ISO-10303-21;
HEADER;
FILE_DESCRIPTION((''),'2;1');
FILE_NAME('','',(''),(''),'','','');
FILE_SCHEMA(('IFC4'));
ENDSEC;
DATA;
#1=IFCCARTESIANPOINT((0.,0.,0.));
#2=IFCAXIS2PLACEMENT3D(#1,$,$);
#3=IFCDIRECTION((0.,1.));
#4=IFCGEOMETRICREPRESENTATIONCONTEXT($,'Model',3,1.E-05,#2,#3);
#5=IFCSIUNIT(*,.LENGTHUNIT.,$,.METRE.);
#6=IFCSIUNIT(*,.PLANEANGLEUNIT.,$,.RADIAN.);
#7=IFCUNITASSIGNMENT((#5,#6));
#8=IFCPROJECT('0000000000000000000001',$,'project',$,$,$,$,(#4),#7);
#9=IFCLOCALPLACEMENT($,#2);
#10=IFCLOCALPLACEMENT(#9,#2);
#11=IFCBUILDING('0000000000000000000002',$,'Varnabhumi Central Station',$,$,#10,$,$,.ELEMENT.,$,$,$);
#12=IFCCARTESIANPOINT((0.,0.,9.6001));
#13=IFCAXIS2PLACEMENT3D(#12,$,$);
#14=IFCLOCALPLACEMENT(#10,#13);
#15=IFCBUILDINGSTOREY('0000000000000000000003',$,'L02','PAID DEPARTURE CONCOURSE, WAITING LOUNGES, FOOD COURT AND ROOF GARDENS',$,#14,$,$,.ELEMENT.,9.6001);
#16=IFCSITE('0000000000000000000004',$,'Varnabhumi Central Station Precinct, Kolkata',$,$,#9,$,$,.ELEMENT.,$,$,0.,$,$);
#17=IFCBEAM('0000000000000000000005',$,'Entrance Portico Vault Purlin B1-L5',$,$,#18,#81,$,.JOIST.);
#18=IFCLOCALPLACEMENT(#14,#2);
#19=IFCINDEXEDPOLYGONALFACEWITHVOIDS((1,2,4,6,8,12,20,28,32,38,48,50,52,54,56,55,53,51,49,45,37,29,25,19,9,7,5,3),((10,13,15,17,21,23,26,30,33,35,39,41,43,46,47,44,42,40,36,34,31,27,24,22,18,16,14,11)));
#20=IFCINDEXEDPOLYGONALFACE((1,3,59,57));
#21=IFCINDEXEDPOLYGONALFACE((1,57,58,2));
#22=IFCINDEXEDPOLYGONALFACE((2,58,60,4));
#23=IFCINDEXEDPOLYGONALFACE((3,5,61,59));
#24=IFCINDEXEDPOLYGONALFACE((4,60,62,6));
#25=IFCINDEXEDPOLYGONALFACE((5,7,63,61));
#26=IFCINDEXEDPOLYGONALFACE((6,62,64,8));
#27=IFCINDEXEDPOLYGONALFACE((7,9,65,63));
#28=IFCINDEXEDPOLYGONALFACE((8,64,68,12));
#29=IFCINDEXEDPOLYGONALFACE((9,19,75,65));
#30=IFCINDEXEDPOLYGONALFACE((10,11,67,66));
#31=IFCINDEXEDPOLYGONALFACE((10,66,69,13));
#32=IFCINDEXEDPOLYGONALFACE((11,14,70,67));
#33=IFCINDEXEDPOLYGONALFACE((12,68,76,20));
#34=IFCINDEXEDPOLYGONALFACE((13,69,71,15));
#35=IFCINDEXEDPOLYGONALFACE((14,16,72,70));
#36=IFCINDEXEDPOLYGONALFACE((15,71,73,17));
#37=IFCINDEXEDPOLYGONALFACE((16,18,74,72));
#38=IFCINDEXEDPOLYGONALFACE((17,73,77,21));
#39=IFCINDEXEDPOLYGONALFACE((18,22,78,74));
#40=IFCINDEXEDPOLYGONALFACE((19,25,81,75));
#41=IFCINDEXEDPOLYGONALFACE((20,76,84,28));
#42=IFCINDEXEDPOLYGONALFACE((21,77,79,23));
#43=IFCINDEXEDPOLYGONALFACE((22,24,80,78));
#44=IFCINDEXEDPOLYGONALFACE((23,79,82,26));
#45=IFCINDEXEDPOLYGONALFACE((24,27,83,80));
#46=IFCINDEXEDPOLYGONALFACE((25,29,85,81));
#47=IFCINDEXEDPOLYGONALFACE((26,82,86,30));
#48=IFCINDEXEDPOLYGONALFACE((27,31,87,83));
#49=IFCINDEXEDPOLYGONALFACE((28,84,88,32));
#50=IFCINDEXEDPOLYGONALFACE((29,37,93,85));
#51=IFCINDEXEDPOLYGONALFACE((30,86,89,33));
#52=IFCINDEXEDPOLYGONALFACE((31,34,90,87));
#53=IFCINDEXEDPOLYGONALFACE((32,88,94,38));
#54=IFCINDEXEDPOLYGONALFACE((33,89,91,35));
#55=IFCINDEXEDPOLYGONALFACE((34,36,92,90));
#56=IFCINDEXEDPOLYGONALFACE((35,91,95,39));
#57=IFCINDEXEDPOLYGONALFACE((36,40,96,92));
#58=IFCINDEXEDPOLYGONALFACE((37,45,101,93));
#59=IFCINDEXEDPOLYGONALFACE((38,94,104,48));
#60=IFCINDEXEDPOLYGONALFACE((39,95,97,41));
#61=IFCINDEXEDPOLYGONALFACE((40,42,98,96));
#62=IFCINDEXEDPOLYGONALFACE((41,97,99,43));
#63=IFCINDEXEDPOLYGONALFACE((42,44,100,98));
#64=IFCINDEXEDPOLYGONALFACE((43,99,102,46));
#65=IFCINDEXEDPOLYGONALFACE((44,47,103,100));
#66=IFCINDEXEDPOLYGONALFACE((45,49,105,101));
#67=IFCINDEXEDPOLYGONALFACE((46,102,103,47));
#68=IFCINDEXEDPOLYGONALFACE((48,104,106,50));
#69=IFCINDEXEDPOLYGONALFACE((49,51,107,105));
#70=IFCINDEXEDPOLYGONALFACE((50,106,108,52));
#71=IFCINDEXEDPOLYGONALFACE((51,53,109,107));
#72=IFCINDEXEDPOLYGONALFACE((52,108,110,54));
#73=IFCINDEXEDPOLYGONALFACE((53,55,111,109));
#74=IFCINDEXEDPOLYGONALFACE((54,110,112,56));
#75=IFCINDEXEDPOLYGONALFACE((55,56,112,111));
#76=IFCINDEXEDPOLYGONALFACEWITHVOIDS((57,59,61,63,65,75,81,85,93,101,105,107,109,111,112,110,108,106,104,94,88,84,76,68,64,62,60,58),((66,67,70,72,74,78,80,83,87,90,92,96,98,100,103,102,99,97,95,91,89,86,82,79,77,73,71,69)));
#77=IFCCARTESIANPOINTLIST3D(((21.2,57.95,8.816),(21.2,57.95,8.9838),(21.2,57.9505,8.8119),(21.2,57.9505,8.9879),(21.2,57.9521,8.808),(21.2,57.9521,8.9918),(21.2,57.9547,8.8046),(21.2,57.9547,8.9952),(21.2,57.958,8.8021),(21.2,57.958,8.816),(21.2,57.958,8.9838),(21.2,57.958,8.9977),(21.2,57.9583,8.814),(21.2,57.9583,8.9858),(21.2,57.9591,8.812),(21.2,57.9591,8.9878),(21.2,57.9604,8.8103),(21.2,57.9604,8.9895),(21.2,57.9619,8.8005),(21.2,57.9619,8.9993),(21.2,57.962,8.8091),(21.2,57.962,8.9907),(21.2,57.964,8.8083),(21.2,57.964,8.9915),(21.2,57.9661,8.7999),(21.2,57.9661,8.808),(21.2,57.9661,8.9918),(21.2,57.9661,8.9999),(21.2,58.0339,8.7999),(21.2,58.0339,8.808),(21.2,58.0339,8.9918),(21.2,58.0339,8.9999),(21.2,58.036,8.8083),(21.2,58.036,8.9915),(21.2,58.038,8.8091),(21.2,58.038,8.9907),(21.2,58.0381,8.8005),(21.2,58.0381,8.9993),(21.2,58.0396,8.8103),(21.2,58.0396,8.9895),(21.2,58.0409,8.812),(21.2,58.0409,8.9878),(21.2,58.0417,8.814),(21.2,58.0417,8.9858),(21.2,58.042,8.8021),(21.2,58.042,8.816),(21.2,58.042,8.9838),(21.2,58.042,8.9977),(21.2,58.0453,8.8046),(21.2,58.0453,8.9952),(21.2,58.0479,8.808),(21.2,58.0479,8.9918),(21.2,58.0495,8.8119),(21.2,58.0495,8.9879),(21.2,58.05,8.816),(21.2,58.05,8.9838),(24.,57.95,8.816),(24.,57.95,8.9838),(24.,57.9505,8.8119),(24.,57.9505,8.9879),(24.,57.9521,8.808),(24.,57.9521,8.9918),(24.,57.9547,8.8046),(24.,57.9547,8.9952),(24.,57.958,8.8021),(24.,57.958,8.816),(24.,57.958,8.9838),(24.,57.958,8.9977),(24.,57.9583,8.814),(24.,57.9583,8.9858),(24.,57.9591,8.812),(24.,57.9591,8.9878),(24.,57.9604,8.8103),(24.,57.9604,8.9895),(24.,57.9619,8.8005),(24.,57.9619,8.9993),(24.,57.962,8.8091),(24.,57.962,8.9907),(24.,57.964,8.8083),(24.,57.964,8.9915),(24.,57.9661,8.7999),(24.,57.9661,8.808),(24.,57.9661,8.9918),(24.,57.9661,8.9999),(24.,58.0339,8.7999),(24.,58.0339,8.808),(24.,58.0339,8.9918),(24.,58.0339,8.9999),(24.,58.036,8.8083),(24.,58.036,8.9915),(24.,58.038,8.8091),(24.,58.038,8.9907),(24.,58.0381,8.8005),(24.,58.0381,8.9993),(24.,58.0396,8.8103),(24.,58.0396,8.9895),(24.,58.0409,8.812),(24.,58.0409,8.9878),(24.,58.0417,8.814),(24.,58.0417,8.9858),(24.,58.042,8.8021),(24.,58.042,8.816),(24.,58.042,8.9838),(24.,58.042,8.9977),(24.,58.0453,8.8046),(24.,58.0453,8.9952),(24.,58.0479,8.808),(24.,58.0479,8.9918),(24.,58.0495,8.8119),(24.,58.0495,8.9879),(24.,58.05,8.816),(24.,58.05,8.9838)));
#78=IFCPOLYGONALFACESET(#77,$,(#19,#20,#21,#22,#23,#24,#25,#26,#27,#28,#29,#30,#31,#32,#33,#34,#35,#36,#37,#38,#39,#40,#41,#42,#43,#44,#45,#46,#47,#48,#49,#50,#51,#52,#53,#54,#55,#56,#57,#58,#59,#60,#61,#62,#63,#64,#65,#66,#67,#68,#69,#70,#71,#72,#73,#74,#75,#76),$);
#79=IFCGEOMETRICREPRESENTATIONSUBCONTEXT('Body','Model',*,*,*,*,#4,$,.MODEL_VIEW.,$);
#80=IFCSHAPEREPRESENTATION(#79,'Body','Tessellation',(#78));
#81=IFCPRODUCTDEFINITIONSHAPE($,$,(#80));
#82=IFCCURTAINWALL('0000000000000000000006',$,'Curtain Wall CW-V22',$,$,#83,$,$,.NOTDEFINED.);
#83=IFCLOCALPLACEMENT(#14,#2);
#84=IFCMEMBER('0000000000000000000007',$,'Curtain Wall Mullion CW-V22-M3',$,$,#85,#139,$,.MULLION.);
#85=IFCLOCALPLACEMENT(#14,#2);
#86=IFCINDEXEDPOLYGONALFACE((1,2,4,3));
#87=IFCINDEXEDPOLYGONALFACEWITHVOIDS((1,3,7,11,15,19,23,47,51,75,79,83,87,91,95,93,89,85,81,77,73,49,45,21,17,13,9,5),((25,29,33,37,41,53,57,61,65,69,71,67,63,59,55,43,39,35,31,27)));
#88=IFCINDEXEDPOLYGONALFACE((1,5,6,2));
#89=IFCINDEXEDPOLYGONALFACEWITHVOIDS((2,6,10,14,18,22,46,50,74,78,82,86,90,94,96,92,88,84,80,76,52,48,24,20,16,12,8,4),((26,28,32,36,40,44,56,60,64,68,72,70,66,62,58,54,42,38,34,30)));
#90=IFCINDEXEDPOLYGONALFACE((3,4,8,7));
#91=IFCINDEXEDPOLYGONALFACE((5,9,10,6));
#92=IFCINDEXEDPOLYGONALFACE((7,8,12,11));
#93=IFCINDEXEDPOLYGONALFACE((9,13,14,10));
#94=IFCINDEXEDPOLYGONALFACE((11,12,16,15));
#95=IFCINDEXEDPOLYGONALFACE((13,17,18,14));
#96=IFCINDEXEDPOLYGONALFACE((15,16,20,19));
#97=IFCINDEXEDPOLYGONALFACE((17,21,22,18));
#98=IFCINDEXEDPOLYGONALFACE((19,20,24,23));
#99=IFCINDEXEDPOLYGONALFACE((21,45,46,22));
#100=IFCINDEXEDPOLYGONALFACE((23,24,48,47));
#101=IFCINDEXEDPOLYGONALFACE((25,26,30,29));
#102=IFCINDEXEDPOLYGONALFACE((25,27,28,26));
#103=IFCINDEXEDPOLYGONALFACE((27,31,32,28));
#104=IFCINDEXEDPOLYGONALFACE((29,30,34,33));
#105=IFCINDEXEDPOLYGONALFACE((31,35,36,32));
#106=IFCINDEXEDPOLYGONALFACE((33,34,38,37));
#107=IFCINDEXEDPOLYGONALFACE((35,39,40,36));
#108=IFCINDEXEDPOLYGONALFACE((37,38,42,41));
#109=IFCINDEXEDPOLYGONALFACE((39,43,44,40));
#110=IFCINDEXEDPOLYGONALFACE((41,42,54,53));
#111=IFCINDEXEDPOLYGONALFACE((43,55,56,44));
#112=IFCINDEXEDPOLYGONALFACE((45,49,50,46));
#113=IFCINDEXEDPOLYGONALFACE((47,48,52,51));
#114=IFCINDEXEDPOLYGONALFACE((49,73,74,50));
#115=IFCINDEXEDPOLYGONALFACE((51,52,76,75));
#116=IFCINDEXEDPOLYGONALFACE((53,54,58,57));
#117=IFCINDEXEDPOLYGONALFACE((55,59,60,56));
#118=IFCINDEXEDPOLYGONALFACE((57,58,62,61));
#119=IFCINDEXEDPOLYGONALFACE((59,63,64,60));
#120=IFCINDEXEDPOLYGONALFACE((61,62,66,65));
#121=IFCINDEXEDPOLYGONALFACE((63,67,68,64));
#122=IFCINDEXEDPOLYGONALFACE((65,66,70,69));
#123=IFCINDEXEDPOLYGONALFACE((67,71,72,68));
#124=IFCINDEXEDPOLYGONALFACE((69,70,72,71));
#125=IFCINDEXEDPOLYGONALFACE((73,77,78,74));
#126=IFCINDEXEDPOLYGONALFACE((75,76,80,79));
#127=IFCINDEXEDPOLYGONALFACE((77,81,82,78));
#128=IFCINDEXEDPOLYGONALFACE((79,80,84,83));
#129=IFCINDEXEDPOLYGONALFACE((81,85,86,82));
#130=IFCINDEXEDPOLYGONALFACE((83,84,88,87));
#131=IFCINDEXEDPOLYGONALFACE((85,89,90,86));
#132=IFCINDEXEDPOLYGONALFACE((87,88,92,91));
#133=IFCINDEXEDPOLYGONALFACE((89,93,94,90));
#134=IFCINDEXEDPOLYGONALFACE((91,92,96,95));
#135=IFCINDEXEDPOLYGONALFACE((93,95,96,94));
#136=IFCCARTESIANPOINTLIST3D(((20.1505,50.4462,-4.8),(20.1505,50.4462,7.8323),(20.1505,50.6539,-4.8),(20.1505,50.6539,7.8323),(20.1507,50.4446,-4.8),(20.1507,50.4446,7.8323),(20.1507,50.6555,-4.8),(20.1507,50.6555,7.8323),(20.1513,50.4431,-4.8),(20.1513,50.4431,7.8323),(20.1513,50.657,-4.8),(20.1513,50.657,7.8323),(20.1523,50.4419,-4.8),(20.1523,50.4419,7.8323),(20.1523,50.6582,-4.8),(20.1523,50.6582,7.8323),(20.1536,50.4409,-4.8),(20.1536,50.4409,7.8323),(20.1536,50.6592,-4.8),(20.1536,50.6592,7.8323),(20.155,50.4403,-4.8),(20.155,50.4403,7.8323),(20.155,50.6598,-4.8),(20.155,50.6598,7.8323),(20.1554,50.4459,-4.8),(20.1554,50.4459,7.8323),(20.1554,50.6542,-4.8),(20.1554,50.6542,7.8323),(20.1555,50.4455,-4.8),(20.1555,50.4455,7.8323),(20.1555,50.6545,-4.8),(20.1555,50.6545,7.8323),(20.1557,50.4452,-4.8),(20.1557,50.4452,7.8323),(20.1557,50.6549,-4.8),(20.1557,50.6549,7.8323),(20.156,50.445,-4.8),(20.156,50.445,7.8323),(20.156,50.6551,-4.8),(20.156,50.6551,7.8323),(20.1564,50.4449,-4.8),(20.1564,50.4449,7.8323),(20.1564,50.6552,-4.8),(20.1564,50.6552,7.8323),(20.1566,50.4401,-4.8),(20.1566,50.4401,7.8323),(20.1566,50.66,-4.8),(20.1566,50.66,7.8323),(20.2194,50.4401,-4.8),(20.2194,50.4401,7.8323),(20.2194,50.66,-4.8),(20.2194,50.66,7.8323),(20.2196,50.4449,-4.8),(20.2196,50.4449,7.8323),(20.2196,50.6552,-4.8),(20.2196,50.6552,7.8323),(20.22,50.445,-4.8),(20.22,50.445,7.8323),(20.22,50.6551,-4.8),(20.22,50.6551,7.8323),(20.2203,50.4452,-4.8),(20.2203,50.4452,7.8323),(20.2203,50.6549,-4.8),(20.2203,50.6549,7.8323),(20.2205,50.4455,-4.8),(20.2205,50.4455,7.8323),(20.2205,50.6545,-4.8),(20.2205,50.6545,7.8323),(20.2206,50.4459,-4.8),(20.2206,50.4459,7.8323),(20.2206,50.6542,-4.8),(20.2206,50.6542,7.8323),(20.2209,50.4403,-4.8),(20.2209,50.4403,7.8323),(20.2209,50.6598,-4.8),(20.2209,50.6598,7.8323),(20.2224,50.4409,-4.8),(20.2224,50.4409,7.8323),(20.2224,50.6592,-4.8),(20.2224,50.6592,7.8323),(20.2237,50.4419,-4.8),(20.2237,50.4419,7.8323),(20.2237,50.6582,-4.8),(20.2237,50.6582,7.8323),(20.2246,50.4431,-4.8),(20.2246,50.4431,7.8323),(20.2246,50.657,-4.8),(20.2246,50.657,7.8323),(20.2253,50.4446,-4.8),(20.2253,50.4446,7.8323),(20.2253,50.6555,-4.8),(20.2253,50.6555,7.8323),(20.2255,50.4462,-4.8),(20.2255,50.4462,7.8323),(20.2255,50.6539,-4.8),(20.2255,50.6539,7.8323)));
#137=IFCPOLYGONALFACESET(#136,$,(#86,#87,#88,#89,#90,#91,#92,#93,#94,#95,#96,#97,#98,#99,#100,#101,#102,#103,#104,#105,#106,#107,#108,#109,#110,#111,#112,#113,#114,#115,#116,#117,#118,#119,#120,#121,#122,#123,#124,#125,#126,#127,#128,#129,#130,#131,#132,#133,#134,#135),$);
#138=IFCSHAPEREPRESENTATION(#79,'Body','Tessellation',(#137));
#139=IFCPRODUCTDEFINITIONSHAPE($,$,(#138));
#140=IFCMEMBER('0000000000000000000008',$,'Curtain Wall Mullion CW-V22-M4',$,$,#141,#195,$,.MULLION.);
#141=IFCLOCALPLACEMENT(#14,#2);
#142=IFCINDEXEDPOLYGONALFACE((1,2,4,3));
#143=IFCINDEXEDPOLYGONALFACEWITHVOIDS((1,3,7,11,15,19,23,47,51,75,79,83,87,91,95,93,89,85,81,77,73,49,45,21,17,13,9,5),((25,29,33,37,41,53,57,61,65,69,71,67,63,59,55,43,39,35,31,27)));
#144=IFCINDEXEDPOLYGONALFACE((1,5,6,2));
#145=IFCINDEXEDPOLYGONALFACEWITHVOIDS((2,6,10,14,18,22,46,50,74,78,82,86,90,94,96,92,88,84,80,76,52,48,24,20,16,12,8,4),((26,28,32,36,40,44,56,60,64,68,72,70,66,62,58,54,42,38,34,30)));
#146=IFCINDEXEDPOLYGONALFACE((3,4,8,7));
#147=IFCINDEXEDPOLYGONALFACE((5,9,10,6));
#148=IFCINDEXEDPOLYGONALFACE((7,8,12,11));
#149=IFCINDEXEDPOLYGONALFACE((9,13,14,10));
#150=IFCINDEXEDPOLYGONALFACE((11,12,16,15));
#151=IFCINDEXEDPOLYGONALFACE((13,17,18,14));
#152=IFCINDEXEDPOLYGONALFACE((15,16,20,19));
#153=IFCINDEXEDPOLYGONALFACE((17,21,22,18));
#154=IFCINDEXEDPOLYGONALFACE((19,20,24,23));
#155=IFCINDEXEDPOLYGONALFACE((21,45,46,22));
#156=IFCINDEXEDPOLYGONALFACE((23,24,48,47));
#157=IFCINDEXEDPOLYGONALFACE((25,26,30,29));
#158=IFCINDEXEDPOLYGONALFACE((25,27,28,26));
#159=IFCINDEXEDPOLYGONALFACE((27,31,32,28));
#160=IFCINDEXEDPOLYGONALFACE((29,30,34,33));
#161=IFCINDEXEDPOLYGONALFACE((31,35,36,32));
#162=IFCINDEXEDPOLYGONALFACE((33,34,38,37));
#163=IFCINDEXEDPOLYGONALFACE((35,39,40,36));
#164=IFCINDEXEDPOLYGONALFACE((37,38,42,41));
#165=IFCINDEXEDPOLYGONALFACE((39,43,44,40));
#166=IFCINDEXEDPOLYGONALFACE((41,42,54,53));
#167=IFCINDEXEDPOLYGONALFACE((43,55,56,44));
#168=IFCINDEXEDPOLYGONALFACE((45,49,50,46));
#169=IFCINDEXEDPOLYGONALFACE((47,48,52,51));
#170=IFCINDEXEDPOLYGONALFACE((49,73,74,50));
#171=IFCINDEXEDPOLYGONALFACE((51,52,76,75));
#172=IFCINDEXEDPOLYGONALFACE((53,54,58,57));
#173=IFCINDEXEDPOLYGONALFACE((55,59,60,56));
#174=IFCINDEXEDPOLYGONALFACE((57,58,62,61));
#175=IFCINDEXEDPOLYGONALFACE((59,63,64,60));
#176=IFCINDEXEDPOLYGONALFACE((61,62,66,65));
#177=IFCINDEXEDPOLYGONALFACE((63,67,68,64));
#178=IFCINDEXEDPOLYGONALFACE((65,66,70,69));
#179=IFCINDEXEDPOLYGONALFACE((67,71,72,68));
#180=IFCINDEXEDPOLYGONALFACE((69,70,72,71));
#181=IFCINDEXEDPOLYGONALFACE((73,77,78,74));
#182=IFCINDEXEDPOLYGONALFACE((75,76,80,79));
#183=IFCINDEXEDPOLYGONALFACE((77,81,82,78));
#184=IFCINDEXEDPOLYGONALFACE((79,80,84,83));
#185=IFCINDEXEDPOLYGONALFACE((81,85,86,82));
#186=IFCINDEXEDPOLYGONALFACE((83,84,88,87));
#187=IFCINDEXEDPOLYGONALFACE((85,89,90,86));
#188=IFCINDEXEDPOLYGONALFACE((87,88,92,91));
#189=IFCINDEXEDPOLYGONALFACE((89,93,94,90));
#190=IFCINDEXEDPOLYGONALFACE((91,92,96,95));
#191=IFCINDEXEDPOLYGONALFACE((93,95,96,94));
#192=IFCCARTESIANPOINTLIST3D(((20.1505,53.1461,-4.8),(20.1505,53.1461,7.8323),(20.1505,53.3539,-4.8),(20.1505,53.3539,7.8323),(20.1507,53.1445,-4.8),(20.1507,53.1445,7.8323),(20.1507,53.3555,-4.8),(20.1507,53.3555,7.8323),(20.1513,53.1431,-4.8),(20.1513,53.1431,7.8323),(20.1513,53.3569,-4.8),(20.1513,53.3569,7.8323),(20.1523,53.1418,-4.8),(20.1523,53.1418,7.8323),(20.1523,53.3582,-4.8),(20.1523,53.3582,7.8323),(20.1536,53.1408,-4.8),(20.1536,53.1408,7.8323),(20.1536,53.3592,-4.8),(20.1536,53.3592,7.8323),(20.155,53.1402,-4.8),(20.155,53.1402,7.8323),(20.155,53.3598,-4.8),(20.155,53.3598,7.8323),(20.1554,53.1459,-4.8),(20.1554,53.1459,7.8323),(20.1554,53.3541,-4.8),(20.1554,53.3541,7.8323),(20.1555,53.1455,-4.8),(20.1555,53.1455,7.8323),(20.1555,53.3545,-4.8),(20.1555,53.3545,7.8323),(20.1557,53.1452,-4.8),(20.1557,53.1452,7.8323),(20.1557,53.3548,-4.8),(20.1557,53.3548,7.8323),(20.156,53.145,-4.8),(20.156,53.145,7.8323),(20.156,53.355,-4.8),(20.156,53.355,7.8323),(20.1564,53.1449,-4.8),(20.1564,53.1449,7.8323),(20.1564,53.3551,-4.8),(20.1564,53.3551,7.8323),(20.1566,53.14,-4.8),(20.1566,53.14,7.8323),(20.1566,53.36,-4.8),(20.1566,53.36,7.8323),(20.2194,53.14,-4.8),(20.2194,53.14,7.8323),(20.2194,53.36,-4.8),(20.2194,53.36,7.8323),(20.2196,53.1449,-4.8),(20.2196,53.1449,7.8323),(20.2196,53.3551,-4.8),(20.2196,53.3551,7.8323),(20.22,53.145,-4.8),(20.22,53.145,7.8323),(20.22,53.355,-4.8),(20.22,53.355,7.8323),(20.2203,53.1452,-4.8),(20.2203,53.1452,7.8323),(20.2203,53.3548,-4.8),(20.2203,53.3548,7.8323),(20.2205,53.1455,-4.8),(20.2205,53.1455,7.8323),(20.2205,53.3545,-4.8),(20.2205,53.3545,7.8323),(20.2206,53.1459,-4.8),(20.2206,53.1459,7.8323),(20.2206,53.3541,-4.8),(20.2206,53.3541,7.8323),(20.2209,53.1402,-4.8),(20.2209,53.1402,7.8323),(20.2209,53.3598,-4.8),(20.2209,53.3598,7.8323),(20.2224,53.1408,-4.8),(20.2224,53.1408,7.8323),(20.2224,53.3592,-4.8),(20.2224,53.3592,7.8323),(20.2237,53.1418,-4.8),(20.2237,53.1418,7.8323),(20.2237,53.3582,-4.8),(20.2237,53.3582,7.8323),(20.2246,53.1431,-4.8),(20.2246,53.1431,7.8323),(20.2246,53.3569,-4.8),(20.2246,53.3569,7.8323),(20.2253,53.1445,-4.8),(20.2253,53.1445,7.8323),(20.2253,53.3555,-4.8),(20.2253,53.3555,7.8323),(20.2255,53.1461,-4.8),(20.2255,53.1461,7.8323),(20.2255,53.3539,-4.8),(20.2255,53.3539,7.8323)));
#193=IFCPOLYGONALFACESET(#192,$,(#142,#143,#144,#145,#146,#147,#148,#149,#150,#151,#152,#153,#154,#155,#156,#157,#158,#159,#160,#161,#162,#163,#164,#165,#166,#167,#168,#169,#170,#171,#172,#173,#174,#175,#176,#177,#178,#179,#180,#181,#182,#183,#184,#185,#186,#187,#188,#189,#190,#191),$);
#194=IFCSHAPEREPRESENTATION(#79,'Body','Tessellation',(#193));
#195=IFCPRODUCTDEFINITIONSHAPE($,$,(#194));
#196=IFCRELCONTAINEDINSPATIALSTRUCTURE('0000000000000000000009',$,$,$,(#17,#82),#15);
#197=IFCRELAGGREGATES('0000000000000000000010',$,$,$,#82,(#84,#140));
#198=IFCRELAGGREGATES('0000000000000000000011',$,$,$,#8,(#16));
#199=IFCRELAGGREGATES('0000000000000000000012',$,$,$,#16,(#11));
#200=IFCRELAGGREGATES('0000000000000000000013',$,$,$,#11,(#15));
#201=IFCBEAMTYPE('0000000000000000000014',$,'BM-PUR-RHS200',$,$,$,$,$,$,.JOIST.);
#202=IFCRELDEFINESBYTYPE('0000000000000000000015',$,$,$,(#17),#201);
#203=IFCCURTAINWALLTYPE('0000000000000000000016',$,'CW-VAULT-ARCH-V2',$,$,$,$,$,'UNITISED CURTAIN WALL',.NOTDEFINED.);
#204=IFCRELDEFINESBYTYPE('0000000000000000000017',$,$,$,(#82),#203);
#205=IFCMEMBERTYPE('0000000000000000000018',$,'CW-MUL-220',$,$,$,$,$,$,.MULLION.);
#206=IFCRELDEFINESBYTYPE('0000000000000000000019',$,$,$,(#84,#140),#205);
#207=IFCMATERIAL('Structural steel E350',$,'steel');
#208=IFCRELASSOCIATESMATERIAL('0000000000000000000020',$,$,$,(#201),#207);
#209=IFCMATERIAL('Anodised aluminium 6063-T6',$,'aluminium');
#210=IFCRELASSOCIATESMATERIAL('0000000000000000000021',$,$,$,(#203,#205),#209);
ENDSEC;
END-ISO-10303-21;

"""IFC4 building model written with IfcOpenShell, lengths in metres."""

from ifc_helpers import new_model, si_unit, direction, frame, origin, origin_2d, place, context, subcontext, project, spatial, hollow_rectangle, extrude, material, material_profile, profile_set, type_object, element, aggregate, save


model = new_model("IFC4")

# Units and contexts
model_context = context("Model", 3, precision=1e-05, world=origin(), true_north=direction((0.0, 1.0)))
body_context = subcontext(model_context, "Body", "Model", "MODEL_VIEW")
ifc_project = project(units=[si_unit("LENGTHUNIT", "METRE"), si_unit("PLANEANGLEUNIT", "RADIAN")], contexts=[model_context])

# Site, building, storey
site_placement = place(None, origin())
site = spatial("IfcSite", under=ifc_project, at=site_placement, Name="Varnabhumi Central Station Precinct, Kolkata", CompositionType="ELEMENT", RefElevation=0.0)
building_placement = place(site_placement, origin())
building = spatial("IfcBuilding", under=site, at=building_placement, Name="Varnabhumi Central Station", CompositionType="ELEMENT")
storey_placement = place(building_placement, frame((0.0, 0.0, 9.6001)))
storey = spatial("IfcBuildingStorey", under=building, at=storey_placement, Name="L02", Description="PAID DEPARTURE CONCOURSE, WAITING LOUNGES, FOOD COURT AND ROOF GARDENS", CompositionType="ELEMENT", Elevation=9.6001)

# Beam
ifc_material_1 = material(Name="Structural steel E350", Category="steel")
ifc_material_profile_1 = material_profile(ifc_material_1, hollow_rectangle(XDim=0.1001, YDim=0.2, WallThickness=0.0081, InnerFilletRadius=0.0081, OuterFilletRadius=0.0161, at=origin_2d()), Name="Structural steel E350", Category="steel")
ifc_profile_set_1 = profile_set([ifc_material_profile_1], Name="Structural steel E350")
beam_type_1 = type_object("IfcBeamType", Name="BM-PUR-RHS200", PredefinedType="JOIST", material=ifc_profile_set_1)
beam_1_placement = place(storey_placement, frame((21.2, 58.0, 8.8999), z_axis=(1.0, 0.0, 0.0), x_axis=(0.0, 1.0, 0.0)))
element("IfcBeam", 1, at=beam_1_placement, inside=storey, type_object=beam_type_1, Name="Entrance Portico Vault Purlin B1-L5", PredefinedType="JOIST", context=body_context, shape_type="SweptSolid", body=[
    extrude(hollow_rectangle(XDim=0.1001, YDim=0.2, WallThickness=0.0081, InnerFilletRadius=0.0081, OuterFilletRadius=0.0161, at=origin_2d()), origin(), (0.0, 0.0, 1.0), 2.8),
])

# Curtain wall, members
ifc_material_2 = material(Name="Anodised aluminium 6063-T6", Category="aluminium")
curtain_wall_type = type_object("IfcCurtainWallType", Name="CW-VAULT-ARCH-V2", ElementType="UNITISED CURTAIN WALL", PredefinedType="NOTDEFINED", material=ifc_material_2)
curtain_wall_1_placement = place(storey_placement, origin())
curtain_wall_1 = element("IfcCurtainWall", 2, at=curtain_wall_1_placement, inside=storey, type_object=curtain_wall_type, Name="Curtain Wall CW-V22", PredefinedType="NOTDEFINED")
ifc_material_profile_2 = material_profile(ifc_material_2, hollow_rectangle(XDim=0.075, YDim=0.22, WallThickness=0.0049, InnerFilletRadius=0.001, OuterFilletRadius=0.0061, at=origin_2d()), Name="Anodised aluminium 6063-T6", Category="aluminium")
ifc_profile_set_2 = profile_set([ifc_material_profile_2], Name="Anodised aluminium 6063-T6")
member_type_1 = type_object("IfcMemberType", Name="CW-MUL-220", PredefinedType="MULLION", material=ifc_profile_set_2)
member_1_placement = place(storey_placement, frame((20.188, 50.55, -4.8), z_axis=(0.0, 0.0, 1.0), x_axis=(1.0, 0.0, 0.0)))
member_1 = element("IfcMember", 3, at=member_1_placement, type_object=member_type_1, Name="Curtain Wall Mullion CW-V22-M3", PredefinedType="MULLION", context=body_context, shape_type="SweptSolid", body=[
    extrude(hollow_rectangle(XDim=0.075, YDim=0.22, WallThickness=0.0049, InnerFilletRadius=0.001, OuterFilletRadius=0.0061, at=origin_2d()), origin(), (0.0, 0.0, 1.0), 12.6323),
])
member_2_placement = place(storey_placement, frame((20.188, 53.25, -4.8), z_axis=(0.0, 0.0, 1.0), x_axis=(1.0, 0.0, 0.0)))
member_2 = element("IfcMember", 4, at=member_2_placement, type_object=member_type_1, Name="Curtain Wall Mullion CW-V22-M4", PredefinedType="MULLION", context=body_context, shape_type="SweptSolid", body=[
    extrude(hollow_rectangle(XDim=0.075, YDim=0.22, WallThickness=0.0049, InnerFilletRadius=0.001, OuterFilletRadius=0.0061, at=origin_2d()), origin(), (0.0, 0.0, 1.0), 12.6323),
])

aggregate(curtain_wall_1, [member_1, member_2])

save(model, "model.ifc")
